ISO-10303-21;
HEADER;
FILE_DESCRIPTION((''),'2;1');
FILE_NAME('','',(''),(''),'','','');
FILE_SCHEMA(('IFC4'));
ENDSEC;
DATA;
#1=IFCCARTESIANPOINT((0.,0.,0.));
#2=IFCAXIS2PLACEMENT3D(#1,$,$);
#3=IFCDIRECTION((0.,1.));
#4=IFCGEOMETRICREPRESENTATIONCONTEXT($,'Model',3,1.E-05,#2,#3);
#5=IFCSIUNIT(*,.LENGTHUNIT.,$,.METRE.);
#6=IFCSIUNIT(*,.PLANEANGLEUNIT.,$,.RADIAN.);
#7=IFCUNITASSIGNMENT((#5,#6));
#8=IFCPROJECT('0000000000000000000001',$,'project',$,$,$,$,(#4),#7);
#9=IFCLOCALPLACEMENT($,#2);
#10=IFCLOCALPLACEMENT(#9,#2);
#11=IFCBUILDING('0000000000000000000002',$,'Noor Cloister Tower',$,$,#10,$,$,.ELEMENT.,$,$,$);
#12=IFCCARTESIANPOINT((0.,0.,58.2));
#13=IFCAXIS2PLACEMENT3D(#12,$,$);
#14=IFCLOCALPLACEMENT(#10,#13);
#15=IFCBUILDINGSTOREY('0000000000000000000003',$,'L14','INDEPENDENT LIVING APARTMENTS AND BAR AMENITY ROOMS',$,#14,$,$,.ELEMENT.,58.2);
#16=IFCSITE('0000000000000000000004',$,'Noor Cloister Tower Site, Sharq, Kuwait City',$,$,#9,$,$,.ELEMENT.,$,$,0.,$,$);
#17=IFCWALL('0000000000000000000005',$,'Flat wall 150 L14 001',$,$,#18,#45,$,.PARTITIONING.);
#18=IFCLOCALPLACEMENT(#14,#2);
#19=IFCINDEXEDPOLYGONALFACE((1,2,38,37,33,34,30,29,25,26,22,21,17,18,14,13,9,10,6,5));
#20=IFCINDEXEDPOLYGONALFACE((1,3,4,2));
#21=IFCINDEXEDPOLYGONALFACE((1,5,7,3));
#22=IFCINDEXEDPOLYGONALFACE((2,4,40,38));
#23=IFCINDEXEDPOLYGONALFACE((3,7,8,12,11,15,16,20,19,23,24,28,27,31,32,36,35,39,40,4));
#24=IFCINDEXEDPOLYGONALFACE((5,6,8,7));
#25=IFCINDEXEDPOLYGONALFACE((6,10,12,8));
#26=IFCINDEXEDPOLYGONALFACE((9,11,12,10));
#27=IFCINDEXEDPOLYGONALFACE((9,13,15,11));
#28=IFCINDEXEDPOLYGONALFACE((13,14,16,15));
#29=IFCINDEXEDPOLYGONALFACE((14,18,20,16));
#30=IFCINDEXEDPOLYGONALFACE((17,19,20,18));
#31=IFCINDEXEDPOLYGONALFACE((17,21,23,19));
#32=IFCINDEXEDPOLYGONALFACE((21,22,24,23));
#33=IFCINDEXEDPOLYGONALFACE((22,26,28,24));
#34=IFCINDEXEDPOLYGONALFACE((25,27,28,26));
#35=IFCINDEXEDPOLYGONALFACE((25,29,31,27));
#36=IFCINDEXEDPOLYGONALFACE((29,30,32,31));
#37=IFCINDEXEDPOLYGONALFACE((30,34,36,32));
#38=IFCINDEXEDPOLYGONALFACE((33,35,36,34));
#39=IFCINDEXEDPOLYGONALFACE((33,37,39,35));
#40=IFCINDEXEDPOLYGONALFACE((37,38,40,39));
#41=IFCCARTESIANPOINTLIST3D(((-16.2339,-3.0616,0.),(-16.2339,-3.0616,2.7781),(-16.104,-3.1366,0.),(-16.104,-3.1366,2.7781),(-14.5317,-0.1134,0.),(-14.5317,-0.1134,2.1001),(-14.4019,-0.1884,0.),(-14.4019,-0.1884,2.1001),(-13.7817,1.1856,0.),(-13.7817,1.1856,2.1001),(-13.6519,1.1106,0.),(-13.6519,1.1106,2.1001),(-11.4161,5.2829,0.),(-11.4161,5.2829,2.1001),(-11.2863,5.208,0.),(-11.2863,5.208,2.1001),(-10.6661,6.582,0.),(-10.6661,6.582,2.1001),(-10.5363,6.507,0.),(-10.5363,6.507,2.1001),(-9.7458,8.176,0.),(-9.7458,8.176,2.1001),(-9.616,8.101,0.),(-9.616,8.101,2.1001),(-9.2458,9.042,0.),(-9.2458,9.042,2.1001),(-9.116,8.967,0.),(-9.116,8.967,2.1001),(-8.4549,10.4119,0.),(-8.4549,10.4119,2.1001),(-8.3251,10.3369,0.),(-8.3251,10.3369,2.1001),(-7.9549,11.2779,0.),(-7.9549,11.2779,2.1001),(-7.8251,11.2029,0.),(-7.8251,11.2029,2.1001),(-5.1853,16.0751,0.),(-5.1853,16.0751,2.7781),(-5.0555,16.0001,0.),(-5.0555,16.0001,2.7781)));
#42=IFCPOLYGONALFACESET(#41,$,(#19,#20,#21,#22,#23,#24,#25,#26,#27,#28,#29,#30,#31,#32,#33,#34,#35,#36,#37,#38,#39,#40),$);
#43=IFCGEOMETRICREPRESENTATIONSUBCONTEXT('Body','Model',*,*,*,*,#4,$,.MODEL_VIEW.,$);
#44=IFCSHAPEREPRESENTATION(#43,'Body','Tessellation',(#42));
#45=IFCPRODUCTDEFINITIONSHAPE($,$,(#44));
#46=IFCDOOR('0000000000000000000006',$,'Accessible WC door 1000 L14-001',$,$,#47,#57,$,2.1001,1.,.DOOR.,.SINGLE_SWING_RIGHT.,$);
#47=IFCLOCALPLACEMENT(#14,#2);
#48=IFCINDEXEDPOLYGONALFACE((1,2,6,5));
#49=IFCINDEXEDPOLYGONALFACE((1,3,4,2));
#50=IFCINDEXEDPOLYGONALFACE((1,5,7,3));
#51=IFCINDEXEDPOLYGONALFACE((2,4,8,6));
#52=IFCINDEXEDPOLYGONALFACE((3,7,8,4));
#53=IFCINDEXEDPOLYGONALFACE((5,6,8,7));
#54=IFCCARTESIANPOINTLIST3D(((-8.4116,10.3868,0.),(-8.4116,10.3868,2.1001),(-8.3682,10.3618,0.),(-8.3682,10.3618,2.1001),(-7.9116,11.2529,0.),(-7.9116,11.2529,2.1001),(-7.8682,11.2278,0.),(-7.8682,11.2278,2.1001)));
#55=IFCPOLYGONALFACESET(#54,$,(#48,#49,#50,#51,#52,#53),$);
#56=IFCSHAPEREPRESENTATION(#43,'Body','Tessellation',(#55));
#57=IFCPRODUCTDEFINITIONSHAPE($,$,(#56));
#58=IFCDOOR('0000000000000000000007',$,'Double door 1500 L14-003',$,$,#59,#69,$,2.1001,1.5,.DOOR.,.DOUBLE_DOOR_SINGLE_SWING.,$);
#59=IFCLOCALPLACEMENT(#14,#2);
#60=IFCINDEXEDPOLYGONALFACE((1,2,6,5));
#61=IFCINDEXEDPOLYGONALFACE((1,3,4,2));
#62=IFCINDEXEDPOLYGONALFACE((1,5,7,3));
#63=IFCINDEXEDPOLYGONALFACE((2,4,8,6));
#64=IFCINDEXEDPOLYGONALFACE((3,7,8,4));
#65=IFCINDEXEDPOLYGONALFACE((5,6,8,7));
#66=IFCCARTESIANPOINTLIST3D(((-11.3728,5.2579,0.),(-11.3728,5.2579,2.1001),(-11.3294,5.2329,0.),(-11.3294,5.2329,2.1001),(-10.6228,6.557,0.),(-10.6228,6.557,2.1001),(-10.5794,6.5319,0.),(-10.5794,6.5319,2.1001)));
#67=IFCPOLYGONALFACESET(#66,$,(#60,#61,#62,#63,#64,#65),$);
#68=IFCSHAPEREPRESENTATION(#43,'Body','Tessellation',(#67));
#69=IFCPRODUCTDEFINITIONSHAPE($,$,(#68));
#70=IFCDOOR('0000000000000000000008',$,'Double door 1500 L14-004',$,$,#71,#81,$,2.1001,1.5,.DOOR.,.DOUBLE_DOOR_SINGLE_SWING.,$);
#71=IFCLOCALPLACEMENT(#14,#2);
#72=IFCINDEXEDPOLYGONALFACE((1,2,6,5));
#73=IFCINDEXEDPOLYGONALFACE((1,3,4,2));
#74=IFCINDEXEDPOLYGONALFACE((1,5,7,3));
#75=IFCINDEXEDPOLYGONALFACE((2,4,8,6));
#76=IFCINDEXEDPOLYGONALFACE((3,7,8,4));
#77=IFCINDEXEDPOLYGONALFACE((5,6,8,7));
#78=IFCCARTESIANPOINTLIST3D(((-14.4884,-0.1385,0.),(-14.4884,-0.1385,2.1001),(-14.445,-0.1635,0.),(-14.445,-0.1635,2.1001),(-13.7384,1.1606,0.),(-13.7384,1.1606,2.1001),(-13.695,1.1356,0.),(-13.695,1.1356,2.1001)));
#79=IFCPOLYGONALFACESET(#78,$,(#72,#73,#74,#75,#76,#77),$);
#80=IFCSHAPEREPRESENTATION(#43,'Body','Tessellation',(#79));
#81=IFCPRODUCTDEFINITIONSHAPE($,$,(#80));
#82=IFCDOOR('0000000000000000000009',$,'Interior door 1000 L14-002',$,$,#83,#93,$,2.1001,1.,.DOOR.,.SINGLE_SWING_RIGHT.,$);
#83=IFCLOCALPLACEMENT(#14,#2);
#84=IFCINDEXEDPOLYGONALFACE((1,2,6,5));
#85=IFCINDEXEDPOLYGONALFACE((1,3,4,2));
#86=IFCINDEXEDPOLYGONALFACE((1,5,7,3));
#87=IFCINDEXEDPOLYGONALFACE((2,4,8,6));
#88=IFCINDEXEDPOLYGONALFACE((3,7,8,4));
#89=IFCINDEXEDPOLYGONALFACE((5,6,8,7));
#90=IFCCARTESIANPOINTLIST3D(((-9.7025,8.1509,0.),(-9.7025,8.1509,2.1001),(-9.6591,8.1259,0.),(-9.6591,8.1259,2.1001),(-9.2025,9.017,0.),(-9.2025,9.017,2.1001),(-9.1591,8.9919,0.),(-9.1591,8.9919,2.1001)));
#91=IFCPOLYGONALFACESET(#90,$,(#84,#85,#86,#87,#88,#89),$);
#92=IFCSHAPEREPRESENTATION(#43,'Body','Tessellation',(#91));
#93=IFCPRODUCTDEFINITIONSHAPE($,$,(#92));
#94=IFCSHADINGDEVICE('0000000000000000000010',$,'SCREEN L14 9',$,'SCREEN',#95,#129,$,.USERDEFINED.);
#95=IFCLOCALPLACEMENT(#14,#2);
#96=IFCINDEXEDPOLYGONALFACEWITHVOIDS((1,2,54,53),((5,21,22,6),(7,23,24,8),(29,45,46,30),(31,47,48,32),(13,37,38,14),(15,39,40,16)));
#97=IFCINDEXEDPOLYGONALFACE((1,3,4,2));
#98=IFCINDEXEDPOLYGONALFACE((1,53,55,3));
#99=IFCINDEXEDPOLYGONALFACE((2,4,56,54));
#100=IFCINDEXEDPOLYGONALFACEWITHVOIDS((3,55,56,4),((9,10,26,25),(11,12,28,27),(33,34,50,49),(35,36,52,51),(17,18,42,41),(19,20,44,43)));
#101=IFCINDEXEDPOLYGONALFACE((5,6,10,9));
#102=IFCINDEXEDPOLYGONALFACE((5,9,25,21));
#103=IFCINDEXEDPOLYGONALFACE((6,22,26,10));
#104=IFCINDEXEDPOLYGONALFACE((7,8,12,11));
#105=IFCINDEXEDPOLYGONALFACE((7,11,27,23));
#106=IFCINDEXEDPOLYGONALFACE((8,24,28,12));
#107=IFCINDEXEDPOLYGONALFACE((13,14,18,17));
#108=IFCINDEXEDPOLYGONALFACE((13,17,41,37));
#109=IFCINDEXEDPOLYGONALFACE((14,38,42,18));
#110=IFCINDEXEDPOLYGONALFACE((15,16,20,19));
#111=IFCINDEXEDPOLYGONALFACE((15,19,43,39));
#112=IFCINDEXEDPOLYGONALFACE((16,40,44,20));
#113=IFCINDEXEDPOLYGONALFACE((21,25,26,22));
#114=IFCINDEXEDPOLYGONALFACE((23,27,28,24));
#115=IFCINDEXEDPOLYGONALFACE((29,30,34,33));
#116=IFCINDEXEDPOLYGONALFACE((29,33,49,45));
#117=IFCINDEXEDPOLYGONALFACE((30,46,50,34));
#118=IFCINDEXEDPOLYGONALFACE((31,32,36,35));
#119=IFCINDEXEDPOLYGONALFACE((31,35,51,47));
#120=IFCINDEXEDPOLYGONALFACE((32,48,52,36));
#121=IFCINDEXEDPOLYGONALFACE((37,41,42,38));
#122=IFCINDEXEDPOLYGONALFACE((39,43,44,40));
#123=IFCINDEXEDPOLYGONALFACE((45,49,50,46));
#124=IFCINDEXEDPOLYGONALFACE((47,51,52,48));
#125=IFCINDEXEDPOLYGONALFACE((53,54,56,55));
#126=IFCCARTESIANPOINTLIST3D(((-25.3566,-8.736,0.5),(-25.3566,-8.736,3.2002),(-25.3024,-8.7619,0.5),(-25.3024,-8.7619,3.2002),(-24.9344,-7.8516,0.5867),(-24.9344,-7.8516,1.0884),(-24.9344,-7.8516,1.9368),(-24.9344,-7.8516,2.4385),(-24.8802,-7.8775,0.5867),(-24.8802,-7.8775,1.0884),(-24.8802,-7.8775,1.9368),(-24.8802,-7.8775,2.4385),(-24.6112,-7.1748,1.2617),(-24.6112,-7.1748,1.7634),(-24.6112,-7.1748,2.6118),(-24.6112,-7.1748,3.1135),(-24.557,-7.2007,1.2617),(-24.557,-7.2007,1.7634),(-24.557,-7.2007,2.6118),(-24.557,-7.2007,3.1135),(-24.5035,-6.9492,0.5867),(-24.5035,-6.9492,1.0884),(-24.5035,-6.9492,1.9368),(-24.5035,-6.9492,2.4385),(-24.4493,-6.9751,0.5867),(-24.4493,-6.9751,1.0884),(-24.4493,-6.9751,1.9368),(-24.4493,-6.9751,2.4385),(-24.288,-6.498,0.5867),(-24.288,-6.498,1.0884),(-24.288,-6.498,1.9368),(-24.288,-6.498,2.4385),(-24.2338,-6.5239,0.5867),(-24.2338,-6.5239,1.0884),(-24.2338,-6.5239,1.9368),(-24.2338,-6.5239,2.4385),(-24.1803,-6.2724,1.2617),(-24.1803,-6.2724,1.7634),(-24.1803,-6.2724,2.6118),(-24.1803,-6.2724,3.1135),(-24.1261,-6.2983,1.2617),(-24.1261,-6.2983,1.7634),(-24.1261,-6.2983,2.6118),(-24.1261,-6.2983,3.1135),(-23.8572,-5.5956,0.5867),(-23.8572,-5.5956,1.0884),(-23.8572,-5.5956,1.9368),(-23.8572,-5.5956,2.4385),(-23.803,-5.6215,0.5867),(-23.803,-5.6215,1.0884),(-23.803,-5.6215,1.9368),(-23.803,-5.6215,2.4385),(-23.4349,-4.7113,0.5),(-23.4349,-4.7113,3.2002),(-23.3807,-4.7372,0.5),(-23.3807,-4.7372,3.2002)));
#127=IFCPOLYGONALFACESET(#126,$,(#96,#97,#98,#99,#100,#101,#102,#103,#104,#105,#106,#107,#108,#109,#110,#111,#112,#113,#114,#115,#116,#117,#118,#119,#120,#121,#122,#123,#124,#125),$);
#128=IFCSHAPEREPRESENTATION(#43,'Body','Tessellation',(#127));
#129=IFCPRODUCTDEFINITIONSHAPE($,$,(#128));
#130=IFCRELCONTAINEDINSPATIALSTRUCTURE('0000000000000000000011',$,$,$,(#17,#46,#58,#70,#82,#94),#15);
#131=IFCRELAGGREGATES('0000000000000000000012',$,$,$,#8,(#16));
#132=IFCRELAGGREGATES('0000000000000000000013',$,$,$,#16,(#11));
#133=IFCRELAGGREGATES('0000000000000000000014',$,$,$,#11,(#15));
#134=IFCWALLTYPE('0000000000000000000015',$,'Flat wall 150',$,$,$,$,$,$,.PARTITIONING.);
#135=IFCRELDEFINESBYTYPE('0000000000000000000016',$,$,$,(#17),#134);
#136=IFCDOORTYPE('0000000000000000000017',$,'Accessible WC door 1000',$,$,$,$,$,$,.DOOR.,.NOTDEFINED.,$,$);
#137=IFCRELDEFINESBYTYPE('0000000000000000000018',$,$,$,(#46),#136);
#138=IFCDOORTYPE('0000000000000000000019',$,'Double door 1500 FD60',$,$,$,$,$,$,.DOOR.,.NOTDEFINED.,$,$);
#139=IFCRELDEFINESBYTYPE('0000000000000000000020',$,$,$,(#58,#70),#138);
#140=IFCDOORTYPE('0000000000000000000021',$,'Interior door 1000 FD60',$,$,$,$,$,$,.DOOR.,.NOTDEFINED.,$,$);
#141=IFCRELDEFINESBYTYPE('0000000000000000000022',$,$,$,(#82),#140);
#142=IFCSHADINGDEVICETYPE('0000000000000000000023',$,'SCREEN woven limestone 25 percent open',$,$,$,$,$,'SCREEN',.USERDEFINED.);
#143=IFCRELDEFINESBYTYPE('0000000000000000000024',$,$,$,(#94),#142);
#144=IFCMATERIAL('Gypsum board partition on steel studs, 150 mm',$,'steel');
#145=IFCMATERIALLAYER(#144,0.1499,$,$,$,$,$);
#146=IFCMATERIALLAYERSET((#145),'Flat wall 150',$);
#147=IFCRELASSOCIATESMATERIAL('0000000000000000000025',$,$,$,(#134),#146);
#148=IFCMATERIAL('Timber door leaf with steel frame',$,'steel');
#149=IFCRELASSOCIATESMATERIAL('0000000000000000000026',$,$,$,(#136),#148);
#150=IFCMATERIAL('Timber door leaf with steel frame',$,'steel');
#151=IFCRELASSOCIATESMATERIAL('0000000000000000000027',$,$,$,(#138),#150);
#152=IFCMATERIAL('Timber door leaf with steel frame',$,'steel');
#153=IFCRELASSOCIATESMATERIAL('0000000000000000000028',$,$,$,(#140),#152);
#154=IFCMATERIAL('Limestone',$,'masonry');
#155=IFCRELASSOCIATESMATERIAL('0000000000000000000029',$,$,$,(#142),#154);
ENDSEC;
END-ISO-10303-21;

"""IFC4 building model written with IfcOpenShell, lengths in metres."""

from ifc_helpers import new_model, si_unit, direction, frame, frame_2d, origin, place, context, subcontext, project, spatial, polyline, rectangle, outline, extrude, material, layer, layer_set, material_profile, profile_set, type_object, element, fill, save


model = new_model("IFC4")

# Units and contexts
model_context = context("Model", 3, precision=1e-05, world=origin(), true_north=direction((0.0, 1.0)))
body_context = subcontext(model_context, "Body", "Model", "MODEL_VIEW")
ifc_project = project(units=[si_unit("LENGTHUNIT", "METRE"), si_unit("PLANEANGLEUNIT", "RADIAN")], contexts=[model_context])

# Site, building, storey
site_placement = place(None, origin())
site = spatial("IfcSite", under=ifc_project, at=site_placement, Name="Noor Cloister Tower Site, Sharq, Kuwait City", CompositionType="ELEMENT", RefElevation=0.0)
building_placement = place(site_placement, origin())
building = spatial("IfcBuilding", under=site, at=building_placement, Name="Noor Cloister Tower", CompositionType="ELEMENT")
storey_placement = place(building_placement, frame((0.0, 0.0, 58.2)))
storey = spatial("IfcBuildingStorey", under=building, at=storey_placement, Name="L14", Description="INDEPENDENT LIVING APARTMENTS AND BAR AMENITY ROOMS", CompositionType="ELEMENT", Elevation=58.2)

# Wall, openings, doors
ifc_material_1 = material(Name="Gypsum board partition on steel studs, 150 mm", Category="steel")
ifc_layer_1 = layer(ifc_material_1, 0.1499)
ifc_layer_set_1 = layer_set([ifc_layer_1], Name="Flat wall 150")
wall_type = type_object("IfcWallType", Name="Flat wall 150", PredefinedType="PARTITIONING", material=ifc_layer_set_1)
wall_placement = place(storey_placement, frame((-16.1689, -3.0991, 0.0), z_axis=(0.0, 0.0, 1.0), x_axis=(0.5, 0.866026, 0.0)))
wall = element("IfcWall", 1, at=wall_placement, inside=storey, type_object=wall_type, Name="Flat wall 150 L14 001", PredefinedType="PARTITIONING", context=body_context, shape_type="SweptSolid", body=[
    extrude(rectangle(XDim=22.0972, YDim=0.1499, at=frame_2d((11.0486, 0.0))), origin(), (0.0, 0.0, 1.0), 2.7781),
])
opening_1_placement = place(wall_placement, frame((15.5579, 0.0, 0.0)))
opening_1 = element("IfcOpeningElement", 2, at=opening_1_placement, cuts=wall, PredefinedType="OPENING", context=body_context, shape_type="SweptSolid", body=[
    extrude(rectangle(XDim=1.0, YDim=2.1001, at=frame_2d((0.5, 1.05))), frame((0.0, 0.085, 0.0), z_axis=(0.0, -1.0, 0.0), x_axis=(1.0, 0.0, 0.0)), (0.0, 0.0, 1.0), 0.1699),
])
opening_2_placement = place(wall_placement, frame((12.9761, 0.0, 0.0)))
opening_2 = element("IfcOpeningElement", 3, at=opening_2_placement, cuts=wall, PredefinedType="OPENING", context=body_context, shape_type="SweptSolid", body=[
    extrude(rectangle(XDim=1.0, YDim=2.1001, at=frame_2d((0.5, 1.05))), frame((0.0, 0.085, 0.0), z_axis=(0.0, -1.0, 0.0), x_axis=(1.0, 0.0, 0.0)), (0.0, 0.0, 1.0), 0.1699),
])
opening_3_placement = place(wall_placement, frame((9.6355, 0.0, 0.0)))
opening_3 = element("IfcOpeningElement", 4, at=opening_3_placement, cuts=wall, PredefinedType="OPENING", context=body_context, shape_type="SweptSolid", body=[
    extrude(rectangle(XDim=1.5, YDim=2.1001, at=frame_2d((0.75, 1.05))), frame((0.0, 0.085, 0.0), z_axis=(0.0, -1.0, 0.0), x_axis=(1.0, 0.0, 0.0)), (0.0, 0.0, 1.0), 0.1699),
])
opening_4_placement = place(wall_placement, frame((3.4043, 0.0, 0.0)))
opening_4 = element("IfcOpeningElement", 5, at=opening_4_placement, cuts=wall, PredefinedType="OPENING", context=body_context, shape_type="SweptSolid", body=[
    extrude(rectangle(XDim=1.5, YDim=2.1001, at=frame_2d((0.75, 1.05))), frame((0.0, 0.085, 0.0), z_axis=(0.0, -1.0, 0.0), x_axis=(1.0, 0.0, 0.0)), (0.0, 0.0, 1.0), 0.1699),
])
ifc_material_2 = material(Name="Timber door leaf with steel frame", Category="steel")
door_type_1 = type_object("IfcDoorType", Name="Accessible WC door 1000", OperationType="NOTDEFINED", PredefinedType="DOOR", material=ifc_material_2)
door_1_placement = place(opening_1_placement, origin())
door_1 = element("IfcDoor", 6, at=door_1_placement, inside=storey, type_object=door_type_1, Name="Accessible WC door 1000 L14-001", OperationType="SINGLE_SWING_RIGHT", OverallHeight=2.1001, OverallWidth=1.0, PredefinedType="DOOR", context=body_context, shape_type="SweptSolid", body=[
    extrude(rectangle(XDim=1.0, YDim=2.1001, at=frame_2d((0.5, 1.05))), frame((0.0, 0.0249, 0.0), z_axis=(0.0, -1.0, 0.0), x_axis=(1.0, 0.0, 0.0)), (0.0, 0.0, 1.0), 0.05),
])
fill(opening_1, door_1)
ifc_material_3 = material(Name="Timber door leaf with steel frame", Category="steel")
door_type_2 = type_object("IfcDoorType", Name="Double door 1500 FD60", OperationType="NOTDEFINED", PredefinedType="DOOR", material=ifc_material_3)
door_2_placement = place(opening_3_placement, origin())
door_2 = element("IfcDoor", 7, at=door_2_placement, inside=storey, type_object=door_type_2, Name="Double door 1500 L14-003", OperationType="DOUBLE_DOOR_SINGLE_SWING", OverallHeight=2.1001, OverallWidth=1.5, PredefinedType="DOOR", context=body_context, shape_type="SweptSolid", body=[
    extrude(rectangle(XDim=1.5, YDim=2.1001, at=frame_2d((0.75, 1.05))), frame((0.0, 0.0249, 0.0), z_axis=(0.0, -1.0, 0.0), x_axis=(1.0, 0.0, 0.0)), (0.0, 0.0, 1.0), 0.05),
])
fill(opening_3, door_2)
door_3_placement = place(opening_4_placement, origin())
door_3 = element("IfcDoor", 8, at=door_3_placement, inside=storey, type_object=door_type_2, Name="Double door 1500 L14-004", OperationType="DOUBLE_DOOR_SINGLE_SWING", OverallHeight=2.1001, OverallWidth=1.5, PredefinedType="DOOR", context=body_context, shape_type="SweptSolid", body=[
    extrude(rectangle(XDim=1.5, YDim=2.1001, at=frame_2d((0.75, 1.05))), frame((0.0, 0.0249, 0.0), z_axis=(0.0, -1.0, 0.0), x_axis=(1.0, 0.0, 0.0)), (0.0, 0.0, 1.0), 0.05),
])
fill(opening_4, door_3)
ifc_material_4 = material(Name="Timber door leaf with steel frame", Category="steel")
door_type_3 = type_object("IfcDoorType", Name="Interior door 1000 FD60", OperationType="NOTDEFINED", PredefinedType="DOOR", material=ifc_material_4)
door_4_placement = place(opening_2_placement, origin())
door_4 = element("IfcDoor", 9, at=door_4_placement, inside=storey, type_object=door_type_3, Name="Interior door 1000 L14-002", OperationType="SINGLE_SWING_RIGHT", OverallHeight=2.1001, OverallWidth=1.0, PredefinedType="DOOR", context=body_context, shape_type="SweptSolid", body=[
    extrude(rectangle(XDim=1.0, YDim=2.1001, at=frame_2d((0.5, 1.05))), frame((0.0, 0.0249, 0.0), z_axis=(0.0, -1.0, 0.0), x_axis=(1.0, 0.0, 0.0)), (0.0, 0.0, 1.0), 0.05),
])
fill(opening_2, door_4)

# Shading device
ifc_material_5 = material(Name="Limestone", Category="masonry")
ifc_material_profile_1 = material_profile(ifc_material_5, outline(polyline([(-2.23, -1.3501), (2.23, -1.3501), (2.23, 1.3501), (-2.23, 1.3501), (-2.23, -1.3501)]), holes=[polyline([(-1.25, -1.2634), (-0.25, -1.2634), (-0.25, -0.7617), (-1.25, -0.7617), (-1.25, -1.2634)]), polyline([(0.25, -1.2634), (1.25, -1.2634), (1.25, -0.7617), (0.25, -0.7617), (0.25, -1.2634)]), polyline([(-0.5, -0.5884), (0.5, -0.5884), (0.5, -0.0867), (-0.5, -0.0867), (-0.5, -0.5884)]), polyline([(-1.25, 0.0867), (-0.25, 0.0867), (-0.25, 0.5884), (-1.25, 0.5884), (-1.25, 0.0867)]), polyline([(0.25, 0.0867), (1.25, 0.0867), (1.25, 0.5884), (0.25, 0.5884), (0.25, 0.0867)]), polyline([(-0.5, 0.7617), (0.5, 0.7617), (0.5, 1.2634), (-0.5, 1.2634), (-0.5, 0.7617)])]), Name="Woven screen 25 percent open")
ifc_profile_set_1 = profile_set([ifc_material_profile_1], Name="Limestone")
shading_device_type_1 = type_object("IfcShadingDeviceType", Name="SCREEN woven limestone 25 percent open", ElementType="SCREEN", PredefinedType="USERDEFINED", material=ifc_profile_set_1)
shading_device_1_placement = place(storey_placement, frame((-24.3416, -6.7495, 1.8501), z_axis=(-0.902409, 0.43088, 0.0), x_axis=(-0.43088, -0.902409, 0.0)))
element("IfcShadingDevice", 10, at=shading_device_1_placement, inside=storey, type_object=shading_device_type_1, Name="SCREEN L14 9", ObjectType="SCREEN", PredefinedType="USERDEFINED", context=body_context, shape_type="SweptSolid", body=[
    extrude(outline(polyline([(-2.23, -1.3501), (2.23, -1.3501), (2.23, 1.3501), (-2.23, 1.3501), (-2.23, -1.3501)]), holes=[polyline([(-1.25, -1.2634), (-0.25, -1.2634), (-0.25, -0.7617), (-1.25, -0.7617), (-1.25, -1.2634)]), polyline([(0.25, -1.2634), (1.25, -1.2634), (1.25, -0.7617), (0.25, -0.7617), (0.25, -1.2634)]), polyline([(-0.5, -0.5884), (0.5, -0.5884), (0.5, -0.0867), (-0.5, -0.0867), (-0.5, -0.5884)]), polyline([(-1.25, 0.0867), (-0.25, 0.0867), (-0.25, 0.5884), (-1.25, 0.5884), (-1.25, 0.0867)]), polyline([(0.25, 0.0867), (1.25, 0.0867), (1.25, 0.5884), (0.25, 0.5884), (0.25, 0.0867)]), polyline([(-0.5, 0.7617), (0.5, 0.7617), (0.5, 1.2634), (-0.5, 1.2634), (-0.5, 0.7617)])]), origin(), (0.0, 0.0, 1.0), 0.0601),
])

save(model, "model.ifc")
